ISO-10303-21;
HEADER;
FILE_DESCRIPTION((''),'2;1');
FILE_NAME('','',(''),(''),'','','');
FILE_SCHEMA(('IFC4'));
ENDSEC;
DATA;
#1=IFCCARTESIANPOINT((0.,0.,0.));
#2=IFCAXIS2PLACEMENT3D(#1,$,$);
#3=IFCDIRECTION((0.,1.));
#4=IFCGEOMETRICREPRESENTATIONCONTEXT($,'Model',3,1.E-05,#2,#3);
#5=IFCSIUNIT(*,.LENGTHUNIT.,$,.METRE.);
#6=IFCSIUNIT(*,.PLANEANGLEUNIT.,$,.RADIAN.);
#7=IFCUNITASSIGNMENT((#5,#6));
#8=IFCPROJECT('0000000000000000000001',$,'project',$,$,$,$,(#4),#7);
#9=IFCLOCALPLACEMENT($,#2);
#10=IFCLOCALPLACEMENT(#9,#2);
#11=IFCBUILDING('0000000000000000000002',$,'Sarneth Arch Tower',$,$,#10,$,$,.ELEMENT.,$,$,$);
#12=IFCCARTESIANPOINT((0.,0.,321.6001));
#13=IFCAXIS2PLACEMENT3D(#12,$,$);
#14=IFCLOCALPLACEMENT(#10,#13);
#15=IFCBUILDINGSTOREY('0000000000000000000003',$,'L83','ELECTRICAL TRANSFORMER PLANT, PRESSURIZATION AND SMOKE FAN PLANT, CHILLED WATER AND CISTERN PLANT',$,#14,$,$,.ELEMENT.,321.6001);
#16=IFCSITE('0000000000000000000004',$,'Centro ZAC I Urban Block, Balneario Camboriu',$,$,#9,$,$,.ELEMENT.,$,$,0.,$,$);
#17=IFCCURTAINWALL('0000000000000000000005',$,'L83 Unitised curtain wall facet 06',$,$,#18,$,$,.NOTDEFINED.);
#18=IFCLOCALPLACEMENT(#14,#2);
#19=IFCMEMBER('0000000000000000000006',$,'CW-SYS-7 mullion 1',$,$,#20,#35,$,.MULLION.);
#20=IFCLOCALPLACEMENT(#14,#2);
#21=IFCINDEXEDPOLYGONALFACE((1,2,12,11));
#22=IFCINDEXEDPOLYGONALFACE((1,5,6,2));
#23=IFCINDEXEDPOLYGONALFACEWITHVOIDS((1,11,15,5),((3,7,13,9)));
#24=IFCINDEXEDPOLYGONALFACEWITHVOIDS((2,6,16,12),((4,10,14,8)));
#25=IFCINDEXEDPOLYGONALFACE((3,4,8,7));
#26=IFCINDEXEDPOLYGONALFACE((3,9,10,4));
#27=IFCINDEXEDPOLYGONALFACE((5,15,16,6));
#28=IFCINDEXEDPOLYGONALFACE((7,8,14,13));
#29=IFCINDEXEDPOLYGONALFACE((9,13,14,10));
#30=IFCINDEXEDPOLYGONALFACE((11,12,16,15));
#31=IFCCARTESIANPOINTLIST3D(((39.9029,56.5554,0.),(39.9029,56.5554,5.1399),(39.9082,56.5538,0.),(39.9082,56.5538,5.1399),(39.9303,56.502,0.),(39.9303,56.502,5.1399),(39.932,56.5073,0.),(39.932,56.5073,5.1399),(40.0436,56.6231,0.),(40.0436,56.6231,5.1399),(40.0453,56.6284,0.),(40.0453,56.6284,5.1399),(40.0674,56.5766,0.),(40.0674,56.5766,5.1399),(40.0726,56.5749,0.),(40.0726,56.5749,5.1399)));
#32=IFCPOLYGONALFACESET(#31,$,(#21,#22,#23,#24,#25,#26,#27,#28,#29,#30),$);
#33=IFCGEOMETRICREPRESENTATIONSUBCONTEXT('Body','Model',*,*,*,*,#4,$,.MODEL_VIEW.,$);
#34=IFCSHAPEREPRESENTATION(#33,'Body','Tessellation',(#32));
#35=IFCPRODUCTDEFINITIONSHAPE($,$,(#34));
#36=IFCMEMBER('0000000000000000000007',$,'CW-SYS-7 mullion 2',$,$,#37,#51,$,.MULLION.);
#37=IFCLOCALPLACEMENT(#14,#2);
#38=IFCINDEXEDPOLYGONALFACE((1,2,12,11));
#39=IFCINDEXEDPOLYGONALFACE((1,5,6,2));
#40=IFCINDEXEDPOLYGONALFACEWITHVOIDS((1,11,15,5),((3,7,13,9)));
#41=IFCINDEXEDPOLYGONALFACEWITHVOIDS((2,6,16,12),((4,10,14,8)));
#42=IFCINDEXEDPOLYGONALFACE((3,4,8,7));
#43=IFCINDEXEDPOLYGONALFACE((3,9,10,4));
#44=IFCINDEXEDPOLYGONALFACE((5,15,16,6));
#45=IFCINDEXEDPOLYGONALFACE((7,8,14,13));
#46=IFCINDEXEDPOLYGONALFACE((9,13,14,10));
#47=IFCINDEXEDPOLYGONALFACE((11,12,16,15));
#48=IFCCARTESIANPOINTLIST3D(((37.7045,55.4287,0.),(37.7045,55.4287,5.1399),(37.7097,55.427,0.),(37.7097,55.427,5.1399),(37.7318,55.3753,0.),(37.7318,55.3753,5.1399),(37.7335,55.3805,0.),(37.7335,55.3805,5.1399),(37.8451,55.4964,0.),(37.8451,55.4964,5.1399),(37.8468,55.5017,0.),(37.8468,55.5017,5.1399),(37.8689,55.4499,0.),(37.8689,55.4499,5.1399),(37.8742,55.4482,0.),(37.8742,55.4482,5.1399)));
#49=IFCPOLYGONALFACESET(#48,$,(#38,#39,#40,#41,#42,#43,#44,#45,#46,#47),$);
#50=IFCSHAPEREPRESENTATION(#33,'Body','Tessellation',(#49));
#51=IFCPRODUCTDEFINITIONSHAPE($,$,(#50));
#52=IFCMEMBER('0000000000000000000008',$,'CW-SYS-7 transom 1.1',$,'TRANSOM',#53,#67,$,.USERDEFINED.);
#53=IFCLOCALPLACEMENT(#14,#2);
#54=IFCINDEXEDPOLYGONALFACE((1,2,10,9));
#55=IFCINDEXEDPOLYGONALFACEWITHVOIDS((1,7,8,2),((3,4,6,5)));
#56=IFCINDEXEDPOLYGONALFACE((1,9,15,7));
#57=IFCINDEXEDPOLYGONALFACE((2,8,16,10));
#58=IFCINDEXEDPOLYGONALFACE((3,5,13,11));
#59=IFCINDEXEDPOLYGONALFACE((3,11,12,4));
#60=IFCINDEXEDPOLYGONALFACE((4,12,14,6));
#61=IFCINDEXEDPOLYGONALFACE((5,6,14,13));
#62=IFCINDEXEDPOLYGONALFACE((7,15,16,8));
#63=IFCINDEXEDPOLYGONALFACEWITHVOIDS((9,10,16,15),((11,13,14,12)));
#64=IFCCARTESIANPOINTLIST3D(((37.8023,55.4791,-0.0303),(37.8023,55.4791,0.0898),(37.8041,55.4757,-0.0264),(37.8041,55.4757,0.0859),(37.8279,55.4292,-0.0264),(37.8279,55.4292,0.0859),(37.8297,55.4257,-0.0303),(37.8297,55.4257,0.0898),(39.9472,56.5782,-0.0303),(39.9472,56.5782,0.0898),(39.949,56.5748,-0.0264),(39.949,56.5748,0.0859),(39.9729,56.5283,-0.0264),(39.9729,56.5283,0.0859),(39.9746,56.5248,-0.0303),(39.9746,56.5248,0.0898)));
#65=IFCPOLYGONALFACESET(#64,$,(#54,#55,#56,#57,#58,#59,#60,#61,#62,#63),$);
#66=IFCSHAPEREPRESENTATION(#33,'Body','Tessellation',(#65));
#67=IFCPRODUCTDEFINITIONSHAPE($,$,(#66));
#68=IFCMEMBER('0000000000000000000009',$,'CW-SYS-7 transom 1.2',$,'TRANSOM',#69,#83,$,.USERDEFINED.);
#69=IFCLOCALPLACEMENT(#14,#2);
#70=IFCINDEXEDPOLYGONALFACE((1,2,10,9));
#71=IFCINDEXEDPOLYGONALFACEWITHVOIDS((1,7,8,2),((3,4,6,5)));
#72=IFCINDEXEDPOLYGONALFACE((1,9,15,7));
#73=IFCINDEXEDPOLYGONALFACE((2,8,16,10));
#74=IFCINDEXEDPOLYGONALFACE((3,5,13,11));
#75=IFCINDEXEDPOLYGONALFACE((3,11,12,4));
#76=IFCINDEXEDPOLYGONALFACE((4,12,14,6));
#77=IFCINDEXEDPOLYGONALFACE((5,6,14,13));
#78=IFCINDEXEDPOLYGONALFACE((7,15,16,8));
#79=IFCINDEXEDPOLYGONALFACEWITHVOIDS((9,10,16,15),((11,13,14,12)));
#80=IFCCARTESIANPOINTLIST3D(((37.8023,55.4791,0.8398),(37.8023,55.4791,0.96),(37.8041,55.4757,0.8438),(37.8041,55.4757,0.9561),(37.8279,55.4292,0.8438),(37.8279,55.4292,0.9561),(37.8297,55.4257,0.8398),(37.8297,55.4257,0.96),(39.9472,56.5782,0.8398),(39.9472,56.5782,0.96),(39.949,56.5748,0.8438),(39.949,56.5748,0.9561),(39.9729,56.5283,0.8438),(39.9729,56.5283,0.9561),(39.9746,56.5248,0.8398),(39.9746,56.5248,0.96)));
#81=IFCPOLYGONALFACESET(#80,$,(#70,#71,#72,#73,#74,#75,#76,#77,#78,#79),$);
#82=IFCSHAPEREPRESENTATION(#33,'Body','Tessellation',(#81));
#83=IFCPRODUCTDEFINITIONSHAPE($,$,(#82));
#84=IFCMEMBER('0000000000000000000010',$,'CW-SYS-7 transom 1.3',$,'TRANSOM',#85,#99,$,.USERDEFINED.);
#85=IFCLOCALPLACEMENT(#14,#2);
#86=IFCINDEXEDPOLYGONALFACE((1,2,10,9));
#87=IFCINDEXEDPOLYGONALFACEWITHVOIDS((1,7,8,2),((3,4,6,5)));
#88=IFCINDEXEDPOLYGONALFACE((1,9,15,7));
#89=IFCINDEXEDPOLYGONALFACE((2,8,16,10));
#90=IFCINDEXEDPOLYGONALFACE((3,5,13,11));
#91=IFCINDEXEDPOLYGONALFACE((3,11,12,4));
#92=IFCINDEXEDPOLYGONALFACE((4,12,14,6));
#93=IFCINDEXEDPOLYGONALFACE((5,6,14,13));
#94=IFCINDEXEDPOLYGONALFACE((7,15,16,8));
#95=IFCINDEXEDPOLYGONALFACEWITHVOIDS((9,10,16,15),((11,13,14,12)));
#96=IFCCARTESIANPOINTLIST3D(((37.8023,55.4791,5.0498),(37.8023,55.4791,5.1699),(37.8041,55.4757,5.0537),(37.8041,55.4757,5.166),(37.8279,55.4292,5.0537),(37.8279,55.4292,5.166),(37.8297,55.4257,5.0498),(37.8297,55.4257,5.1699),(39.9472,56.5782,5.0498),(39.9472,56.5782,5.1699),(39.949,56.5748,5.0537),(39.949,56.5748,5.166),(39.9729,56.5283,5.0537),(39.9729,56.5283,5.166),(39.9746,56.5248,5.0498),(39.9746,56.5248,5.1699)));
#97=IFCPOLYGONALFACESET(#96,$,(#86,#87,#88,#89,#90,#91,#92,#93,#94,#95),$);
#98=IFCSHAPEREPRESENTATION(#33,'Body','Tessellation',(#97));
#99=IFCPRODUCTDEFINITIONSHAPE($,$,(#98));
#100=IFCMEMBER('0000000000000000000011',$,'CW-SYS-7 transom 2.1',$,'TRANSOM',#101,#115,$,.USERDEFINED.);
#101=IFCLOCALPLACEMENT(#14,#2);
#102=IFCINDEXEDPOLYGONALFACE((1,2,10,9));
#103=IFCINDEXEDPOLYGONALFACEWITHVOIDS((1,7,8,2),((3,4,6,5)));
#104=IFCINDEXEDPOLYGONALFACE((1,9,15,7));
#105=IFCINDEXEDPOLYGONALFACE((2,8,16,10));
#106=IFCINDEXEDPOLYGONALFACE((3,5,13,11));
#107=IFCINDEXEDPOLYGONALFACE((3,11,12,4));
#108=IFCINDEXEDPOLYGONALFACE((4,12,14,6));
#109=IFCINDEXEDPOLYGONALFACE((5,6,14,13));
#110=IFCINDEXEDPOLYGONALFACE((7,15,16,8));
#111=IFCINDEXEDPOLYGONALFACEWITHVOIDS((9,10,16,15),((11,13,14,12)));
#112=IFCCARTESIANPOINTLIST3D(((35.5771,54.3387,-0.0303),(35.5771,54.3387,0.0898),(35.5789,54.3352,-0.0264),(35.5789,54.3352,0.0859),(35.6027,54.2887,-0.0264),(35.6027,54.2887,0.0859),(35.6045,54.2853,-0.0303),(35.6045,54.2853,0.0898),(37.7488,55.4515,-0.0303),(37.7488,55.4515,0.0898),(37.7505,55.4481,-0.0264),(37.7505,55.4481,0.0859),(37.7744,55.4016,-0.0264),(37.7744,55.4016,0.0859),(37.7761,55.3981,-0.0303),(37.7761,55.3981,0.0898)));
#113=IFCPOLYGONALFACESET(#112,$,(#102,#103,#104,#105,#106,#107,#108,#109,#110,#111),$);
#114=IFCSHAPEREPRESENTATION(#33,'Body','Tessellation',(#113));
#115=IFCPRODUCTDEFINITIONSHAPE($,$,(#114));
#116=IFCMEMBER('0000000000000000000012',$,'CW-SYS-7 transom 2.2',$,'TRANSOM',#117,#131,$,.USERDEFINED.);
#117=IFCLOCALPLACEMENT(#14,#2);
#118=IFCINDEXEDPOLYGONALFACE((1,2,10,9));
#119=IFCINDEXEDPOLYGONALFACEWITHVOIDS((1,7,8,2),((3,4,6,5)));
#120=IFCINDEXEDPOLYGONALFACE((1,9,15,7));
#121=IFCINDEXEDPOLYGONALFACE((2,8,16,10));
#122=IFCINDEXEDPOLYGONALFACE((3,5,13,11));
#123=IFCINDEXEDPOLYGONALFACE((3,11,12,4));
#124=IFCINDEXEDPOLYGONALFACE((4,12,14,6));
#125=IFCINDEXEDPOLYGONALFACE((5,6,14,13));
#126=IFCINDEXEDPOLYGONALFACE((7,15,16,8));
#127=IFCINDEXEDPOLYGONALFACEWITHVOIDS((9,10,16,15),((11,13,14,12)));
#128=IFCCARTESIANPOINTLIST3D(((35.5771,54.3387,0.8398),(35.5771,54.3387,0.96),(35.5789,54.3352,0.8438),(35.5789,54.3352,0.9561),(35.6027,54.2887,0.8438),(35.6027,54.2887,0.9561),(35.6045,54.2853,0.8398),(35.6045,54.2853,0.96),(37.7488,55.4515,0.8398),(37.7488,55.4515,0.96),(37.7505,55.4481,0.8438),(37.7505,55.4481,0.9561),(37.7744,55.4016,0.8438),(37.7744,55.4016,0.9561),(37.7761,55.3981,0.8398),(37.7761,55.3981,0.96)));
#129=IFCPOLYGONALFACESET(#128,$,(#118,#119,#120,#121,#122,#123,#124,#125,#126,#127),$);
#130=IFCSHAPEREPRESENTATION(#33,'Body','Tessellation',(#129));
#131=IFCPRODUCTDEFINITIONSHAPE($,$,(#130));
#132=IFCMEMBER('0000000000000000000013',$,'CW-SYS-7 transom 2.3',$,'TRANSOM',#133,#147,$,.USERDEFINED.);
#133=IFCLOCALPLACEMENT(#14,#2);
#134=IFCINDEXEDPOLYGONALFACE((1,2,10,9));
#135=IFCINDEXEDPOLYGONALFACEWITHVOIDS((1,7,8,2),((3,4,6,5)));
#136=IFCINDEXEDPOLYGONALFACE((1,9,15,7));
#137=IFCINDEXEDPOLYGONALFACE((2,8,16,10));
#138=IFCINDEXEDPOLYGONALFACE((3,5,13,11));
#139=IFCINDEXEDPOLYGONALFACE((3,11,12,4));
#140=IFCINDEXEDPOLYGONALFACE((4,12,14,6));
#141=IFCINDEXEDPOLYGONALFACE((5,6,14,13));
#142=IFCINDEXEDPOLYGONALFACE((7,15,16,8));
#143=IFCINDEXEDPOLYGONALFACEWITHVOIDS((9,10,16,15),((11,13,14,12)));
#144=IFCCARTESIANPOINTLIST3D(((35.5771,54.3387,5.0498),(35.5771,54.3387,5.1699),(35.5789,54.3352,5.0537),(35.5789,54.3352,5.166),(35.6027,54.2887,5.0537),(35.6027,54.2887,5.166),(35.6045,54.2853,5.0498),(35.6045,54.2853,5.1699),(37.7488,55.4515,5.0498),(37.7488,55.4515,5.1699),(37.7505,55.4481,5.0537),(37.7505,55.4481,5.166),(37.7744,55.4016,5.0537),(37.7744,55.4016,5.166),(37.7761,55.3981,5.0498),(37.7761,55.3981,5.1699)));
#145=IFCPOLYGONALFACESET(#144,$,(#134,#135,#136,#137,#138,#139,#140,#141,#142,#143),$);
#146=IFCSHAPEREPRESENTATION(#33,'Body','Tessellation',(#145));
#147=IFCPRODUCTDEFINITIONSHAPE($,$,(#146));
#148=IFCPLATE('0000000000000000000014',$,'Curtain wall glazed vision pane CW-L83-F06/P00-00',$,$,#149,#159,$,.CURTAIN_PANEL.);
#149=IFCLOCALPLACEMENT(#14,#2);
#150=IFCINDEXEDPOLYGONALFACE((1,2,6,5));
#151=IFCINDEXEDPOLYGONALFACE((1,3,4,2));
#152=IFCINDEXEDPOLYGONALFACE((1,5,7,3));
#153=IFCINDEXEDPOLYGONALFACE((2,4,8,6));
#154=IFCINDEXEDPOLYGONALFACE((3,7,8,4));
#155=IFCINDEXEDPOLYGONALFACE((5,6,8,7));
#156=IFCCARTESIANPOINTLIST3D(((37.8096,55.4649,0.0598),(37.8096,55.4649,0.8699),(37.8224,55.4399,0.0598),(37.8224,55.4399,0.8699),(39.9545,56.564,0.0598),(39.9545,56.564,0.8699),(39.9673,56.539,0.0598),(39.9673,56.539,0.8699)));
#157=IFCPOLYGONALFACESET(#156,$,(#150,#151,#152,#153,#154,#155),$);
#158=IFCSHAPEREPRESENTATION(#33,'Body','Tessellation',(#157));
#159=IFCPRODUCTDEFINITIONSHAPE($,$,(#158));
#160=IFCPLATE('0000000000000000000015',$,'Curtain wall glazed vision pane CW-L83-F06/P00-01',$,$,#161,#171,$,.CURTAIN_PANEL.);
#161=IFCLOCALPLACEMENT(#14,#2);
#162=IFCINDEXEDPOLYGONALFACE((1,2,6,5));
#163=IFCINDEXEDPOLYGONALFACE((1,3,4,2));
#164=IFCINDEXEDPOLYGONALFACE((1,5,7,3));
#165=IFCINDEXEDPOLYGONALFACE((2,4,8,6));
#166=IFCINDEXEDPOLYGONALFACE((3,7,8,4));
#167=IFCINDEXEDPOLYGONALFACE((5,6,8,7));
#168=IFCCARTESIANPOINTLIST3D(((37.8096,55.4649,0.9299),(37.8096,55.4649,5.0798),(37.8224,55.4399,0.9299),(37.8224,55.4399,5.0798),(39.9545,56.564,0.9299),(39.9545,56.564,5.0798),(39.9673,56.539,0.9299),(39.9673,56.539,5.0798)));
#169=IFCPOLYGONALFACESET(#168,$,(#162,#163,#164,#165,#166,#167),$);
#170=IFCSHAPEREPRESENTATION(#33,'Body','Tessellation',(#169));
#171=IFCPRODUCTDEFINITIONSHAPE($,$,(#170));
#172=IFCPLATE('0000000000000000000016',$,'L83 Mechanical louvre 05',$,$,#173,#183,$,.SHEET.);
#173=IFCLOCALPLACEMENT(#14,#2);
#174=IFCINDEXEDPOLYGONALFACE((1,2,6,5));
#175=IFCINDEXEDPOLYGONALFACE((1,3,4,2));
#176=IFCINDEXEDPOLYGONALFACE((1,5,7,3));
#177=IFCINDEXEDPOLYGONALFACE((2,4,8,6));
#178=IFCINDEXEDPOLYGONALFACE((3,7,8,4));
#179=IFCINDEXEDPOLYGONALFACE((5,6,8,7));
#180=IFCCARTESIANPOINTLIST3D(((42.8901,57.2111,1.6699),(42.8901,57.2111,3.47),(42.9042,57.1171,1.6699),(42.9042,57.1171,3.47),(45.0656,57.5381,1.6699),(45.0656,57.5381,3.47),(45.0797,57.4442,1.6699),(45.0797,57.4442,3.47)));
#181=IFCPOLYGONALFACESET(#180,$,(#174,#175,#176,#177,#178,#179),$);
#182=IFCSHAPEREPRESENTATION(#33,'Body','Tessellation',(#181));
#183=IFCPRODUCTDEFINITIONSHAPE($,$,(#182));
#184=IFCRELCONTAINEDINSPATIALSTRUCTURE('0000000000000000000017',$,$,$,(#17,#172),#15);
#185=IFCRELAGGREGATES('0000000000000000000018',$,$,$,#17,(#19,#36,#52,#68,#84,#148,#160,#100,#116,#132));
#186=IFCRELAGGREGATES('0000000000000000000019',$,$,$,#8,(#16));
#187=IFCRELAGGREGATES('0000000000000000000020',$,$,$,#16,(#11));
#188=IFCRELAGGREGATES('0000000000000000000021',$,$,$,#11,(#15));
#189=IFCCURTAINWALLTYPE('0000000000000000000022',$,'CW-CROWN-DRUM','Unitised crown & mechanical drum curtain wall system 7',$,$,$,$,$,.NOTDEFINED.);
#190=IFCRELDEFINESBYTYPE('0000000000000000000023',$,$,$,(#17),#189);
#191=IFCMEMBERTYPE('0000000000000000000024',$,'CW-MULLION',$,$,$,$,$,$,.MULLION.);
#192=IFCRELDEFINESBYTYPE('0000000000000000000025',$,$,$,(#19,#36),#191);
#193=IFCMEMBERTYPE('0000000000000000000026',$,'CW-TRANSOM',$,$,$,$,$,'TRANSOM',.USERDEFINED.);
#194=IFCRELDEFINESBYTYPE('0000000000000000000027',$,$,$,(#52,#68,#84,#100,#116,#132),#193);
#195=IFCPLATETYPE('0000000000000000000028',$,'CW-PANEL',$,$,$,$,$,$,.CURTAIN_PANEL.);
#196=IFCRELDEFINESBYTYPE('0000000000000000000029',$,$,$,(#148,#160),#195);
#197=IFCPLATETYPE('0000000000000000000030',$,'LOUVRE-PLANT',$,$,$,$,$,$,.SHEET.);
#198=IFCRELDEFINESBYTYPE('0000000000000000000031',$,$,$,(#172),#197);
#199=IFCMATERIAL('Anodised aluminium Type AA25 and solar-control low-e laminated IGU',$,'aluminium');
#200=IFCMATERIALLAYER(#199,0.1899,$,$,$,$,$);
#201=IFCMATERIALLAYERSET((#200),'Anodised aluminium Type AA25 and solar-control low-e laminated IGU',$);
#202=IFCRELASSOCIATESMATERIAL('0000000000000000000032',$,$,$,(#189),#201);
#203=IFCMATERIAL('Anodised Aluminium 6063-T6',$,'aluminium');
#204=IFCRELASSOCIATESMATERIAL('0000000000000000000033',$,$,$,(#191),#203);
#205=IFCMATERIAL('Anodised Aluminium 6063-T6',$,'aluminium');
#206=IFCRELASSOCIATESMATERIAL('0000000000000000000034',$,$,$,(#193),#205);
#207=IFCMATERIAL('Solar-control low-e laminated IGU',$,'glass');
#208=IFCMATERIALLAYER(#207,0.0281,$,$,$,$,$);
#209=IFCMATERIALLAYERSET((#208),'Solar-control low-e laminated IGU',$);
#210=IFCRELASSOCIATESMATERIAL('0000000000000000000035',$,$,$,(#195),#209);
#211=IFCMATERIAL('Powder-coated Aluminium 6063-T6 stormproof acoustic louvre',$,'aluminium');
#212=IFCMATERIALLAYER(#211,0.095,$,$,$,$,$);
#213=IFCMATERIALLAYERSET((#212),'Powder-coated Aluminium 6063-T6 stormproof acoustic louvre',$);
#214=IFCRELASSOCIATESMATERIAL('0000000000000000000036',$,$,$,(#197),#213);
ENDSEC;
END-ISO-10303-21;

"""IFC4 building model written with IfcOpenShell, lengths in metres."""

from ifc_helpers import new_model, si_unit, direction, frame, origin, origin_2d, place, context, subcontext, project, spatial, rectangle, hollow_rectangle, extrude, material, layer, layer_set, material_profile, profile_set, type_object, element, aggregate, save


model = new_model("IFC4")

# Units and contexts
model_context = context("Model", 3, precision=1e-05, world=origin(), true_north=direction((0.0, 1.0)))
body_context = subcontext(model_context, "Body", "Model", "MODEL_VIEW")
ifc_project = project(units=[si_unit("LENGTHUNIT", "METRE"), si_unit("PLANEANGLEUNIT", "RADIAN")], contexts=[model_context])

# Site, building, storey
site_placement = place(None, origin())
site = spatial("IfcSite", under=ifc_project, at=site_placement, Name="Centro ZAC I Urban Block, Balneario Camboriu", CompositionType="ELEMENT", RefElevation=0.0)
building_placement = place(site_placement, origin())
building = spatial("IfcBuilding", under=site, at=building_placement, Name="Sarneth Arch Tower", CompositionType="ELEMENT")
storey_placement = place(building_placement, frame((0.0, 0.0, 321.6001)))
storey = spatial("IfcBuildingStorey", under=building, at=storey_placement, Name="L83", Description="ELECTRICAL TRANSFORMER PLANT, PRESSURIZATION AND SMOKE FAN PLANT, CHILLED WATER AND CISTERN PLANT", CompositionType="ELEMENT", Elevation=321.6001)

# Curtain wall, members, plates
ifc_material_1 = material(Name="Anodised aluminium Type AA25 and solar-control low-e laminated IGU", Category="aluminium")
ifc_layer_1 = layer(ifc_material_1, 0.1899)
ifc_layer_set_1 = layer_set([ifc_layer_1], Name="Anodised aluminium Type AA25 and solar-control low-e laminated IGU")
curtain_wall_type = type_object("IfcCurtainWallType", Name="CW-CROWN-DRUM", Description="Unitised crown & mechanical drum curtain wall system 7", PredefinedType="NOTDEFINED", material=ifc_layer_set_1)
curtain_wall_placement = place(storey_placement, origin())
curtain_wall = element("IfcCurtainWall", 1, at=curtain_wall_placement, inside=storey, type_object=curtain_wall_type, Name="L83 Unitised curtain wall facet 06", PredefinedType="NOTDEFINED")
ifc_material_2 = material(Name="Anodised Aluminium 6063-T6", Category="aluminium")
ifc_material_profile_1 = material_profile(ifc_material_2, hollow_rectangle(XDim=0.0601, YDim=0.1599, WallThickness=0.0039, at=origin_2d()), Name="AL-MULL-160x60x4")
ifc_profile_set_1 = profile_set([ifc_material_profile_1], Name="Anodised Aluminium 6063-T6")
member_type_1 = type_object("IfcMemberType", Name="CW-MULLION", PredefinedType="MULLION", material=ifc_profile_set_1)
member_1_placement = place(storey_placement, frame((39.9878, 56.5652, 0.0), z_axis=(0.0, 0.0, 1.0), x_axis=(0.45604, -0.889959, 0.0)))
member_1 = element("IfcMember", 2, at=member_1_placement, type_object=member_type_1, Name="CW-SYS-7 mullion 1", PredefinedType="MULLION", context=body_context, shape_type="SweptSolid", body=[
    extrude(hollow_rectangle(XDim=0.0601, YDim=0.1599, WallThickness=0.0039, at=origin_2d()), origin(), (0.0, 0.0, 1.0), 5.1399),
])
member_2_placement = place(storey_placement, frame((37.7893, 55.4385, 0.0), z_axis=(0.0, 0.0, 1.0), x_axis=(0.45604, -0.889959, 0.0)))
member_2 = element("IfcMember", 3, at=member_2_placement, type_object=member_type_1, Name="CW-SYS-7 mullion 2", PredefinedType="MULLION", context=body_context, shape_type="SweptSolid", body=[
    extrude(hollow_rectangle(XDim=0.0601, YDim=0.1599, WallThickness=0.0039, at=origin_2d()), origin(), (0.0, 0.0, 1.0), 5.1399),
])
ifc_material_3 = material(Name="Anodised Aluminium 6063-T6", Category="aluminium")
ifc_material_profile_2 = material_profile(ifc_material_3, hollow_rectangle(XDim=0.0601, YDim=0.1201, WallThickness=0.0039, at=origin_2d()), Name="AL-TRAN-120x60x4")
ifc_profile_set_2 = profile_set([ifc_material_profile_2], Name="Anodised Aluminium 6063-T6")
member_type_2 = type_object("IfcMemberType", Name="CW-TRANSOM", ElementType="TRANSOM", PredefinedType="USERDEFINED", material=ifc_profile_set_2)
member_3_placement = place(storey_placement, frame((39.9609, 56.5515, 0.0298), z_axis=(-0.889967, -0.456025, 0.0), x_axis=(0.456025, -0.889967, 0.0)))
member_3 = element("IfcMember", 4, at=member_3_placement, type_object=member_type_2, Name="CW-SYS-7 transom 1.1", ObjectType="TRANSOM", PredefinedType="USERDEFINED", context=body_context, shape_type="SweptSolid", body=[
    extrude(hollow_rectangle(XDim=0.0601, YDim=0.1201, WallThickness=0.0039, at=origin_2d()), origin(), (0.0, 0.0, 1.0), 2.4102),
])
member_4_placement = place(storey_placement, frame((39.9609, 56.5515, 0.8999), z_axis=(-0.889967, -0.456025, 0.0), x_axis=(0.456025, -0.889967, 0.0)))
member_4 = element("IfcMember", 5, at=member_4_placement, type_object=member_type_2, Name="CW-SYS-7 transom 1.2", ObjectType="TRANSOM", PredefinedType="USERDEFINED", context=body_context, shape_type="SweptSolid", body=[
    extrude(hollow_rectangle(XDim=0.0601, YDim=0.1201, WallThickness=0.0039, at=origin_2d()), origin(), (0.0, 0.0, 1.0), 2.4102),
])
member_5_placement = place(storey_placement, frame((39.9609, 56.5515, 5.1099), z_axis=(-0.889967, -0.456025, 0.0), x_axis=(0.456025, -0.889967, 0.0)))
member_5 = element("IfcMember", 6, at=member_5_placement, type_object=member_type_2, Name="CW-SYS-7 transom 1.3", ObjectType="TRANSOM", PredefinedType="USERDEFINED", context=body_context, shape_type="SweptSolid", body=[
    extrude(hollow_rectangle(XDim=0.0601, YDim=0.1201, WallThickness=0.0039, at=origin_2d()), origin(), (0.0, 0.0, 1.0), 2.4102),
])
member_6_placement = place(storey_placement, frame((37.7625, 55.4248, 0.0298), z_axis=(-0.889961, -0.456036, 0.0), x_axis=(0.456036, -0.889961, 0.0)))
member_6 = element("IfcMember", 7, at=member_6_placement, type_object=member_type_2, Name="CW-SYS-7 transom 2.1", ObjectType="TRANSOM", PredefinedType="USERDEFINED", context=body_context, shape_type="SweptSolid", body=[
    extrude(hollow_rectangle(XDim=0.0601, YDim=0.1201, WallThickness=0.0039, at=origin_2d()), origin(), (0.0, 0.0, 1.0), 2.4402),
])
member_7_placement = place(storey_placement, frame((37.7625, 55.4248, 0.8999), z_axis=(-0.889961, -0.456036, 0.0), x_axis=(0.456036, -0.889961, 0.0)))
member_7 = element("IfcMember", 8, at=member_7_placement, type_object=member_type_2, Name="CW-SYS-7 transom 2.2", ObjectType="TRANSOM", PredefinedType="USERDEFINED", context=body_context, shape_type="SweptSolid", body=[
    extrude(hollow_rectangle(XDim=0.0601, YDim=0.1201, WallThickness=0.0039, at=origin_2d()), origin(), (0.0, 0.0, 1.0), 2.4402),
])
member_8_placement = place(storey_placement, frame((37.7625, 55.4248, 5.1099), z_axis=(-0.889961, -0.456036, 0.0), x_axis=(0.456036, -0.889961, 0.0)))
member_8 = element("IfcMember", 9, at=member_8_placement, type_object=member_type_2, Name="CW-SYS-7 transom 2.3", ObjectType="TRANSOM", PredefinedType="USERDEFINED", context=body_context, shape_type="SweptSolid", body=[
    extrude(hollow_rectangle(XDim=0.0601, YDim=0.1201, WallThickness=0.0039, at=origin_2d()), origin(), (0.0, 0.0, 1.0), 2.4402),
])
ifc_material_4 = material(Name="Solar-control low-e laminated IGU", Category="glass")
ifc_layer_2 = layer(ifc_material_4, 0.0281)
ifc_layer_set_2 = layer_set([ifc_layer_2], Name="Solar-control low-e laminated IGU")
plate_type_1 = type_object("IfcPlateType", Name="CW-PANEL", PredefinedType="CURTAIN_PANEL", material=ifc_layer_set_2)
plate_1_placement = place(storey_placement, frame((38.8884, 56.002, 0.0598), z_axis=(0.0, 0.0, 1.0), x_axis=(-0.889959, -0.45604, 0.0)))
plate_1 = element("IfcPlate", 10, at=plate_1_placement, type_object=plate_type_1, Name="Curtain wall glazed vision pane CW-L83-F06/P00-00", PredefinedType="CURTAIN_PANEL", context=body_context, shape_type="SweptSolid", body=[
    extrude(rectangle(XDim=2.4102, YDim=0.0281, at=origin_2d()), origin(), (0.0, 0.0, 1.0), 0.8101),
])
plate_2_placement = place(storey_placement, frame((38.8884, 56.002, 0.9299), z_axis=(0.0, 0.0, 1.0), x_axis=(-0.889959, -0.45604, 0.0)))
plate_2 = element("IfcPlate", 11, at=plate_2_placement, type_object=plate_type_1, Name="Curtain wall glazed vision pane CW-L83-F06/P00-01", PredefinedType="CURTAIN_PANEL", context=body_context, shape_type="SweptSolid", body=[
    extrude(rectangle(XDim=2.4102, YDim=0.0281, at=origin_2d()), origin(), (0.0, 0.0, 1.0), 4.1499),
])
aggregate(curtain_wall, [member_1, member_2, member_3, member_4, member_5, plate_1, plate_2, member_6, member_7, member_8])

# Plate
ifc_material_5 = material(Name="Powder-coated Aluminium 6063-T6 stormproof acoustic louvre", Category="aluminium")
ifc_layer_3 = layer(ifc_material_5, 0.095)
ifc_layer_set_3 = layer_set([ifc_layer_3], Name="Powder-coated Aluminium 6063-T6 stormproof acoustic louvre")
plate_type_2 = type_object("IfcPlateType", Name="LOUVRE-PLANT", PredefinedType="SHEET", material=ifc_layer_set_3)
plate_3_placement = place(storey_placement, frame((43.9849, 57.3276, 1.6699), z_axis=(0.0, 0.0, 1.0), x_axis=(-0.988886, -0.148672, 0.0)))
element("IfcPlate", 12, at=plate_3_placement, inside=storey, type_object=plate_type_2, Name="L83 Mechanical louvre 05", PredefinedType="SHEET", context=body_context, shape_type="SweptSolid", body=[
    extrude(rectangle(XDim=2.2, YDim=0.095, at=origin_2d()), origin(), (0.0, 0.0, 1.0), 1.8),
])

save(model, "model.ifc")
